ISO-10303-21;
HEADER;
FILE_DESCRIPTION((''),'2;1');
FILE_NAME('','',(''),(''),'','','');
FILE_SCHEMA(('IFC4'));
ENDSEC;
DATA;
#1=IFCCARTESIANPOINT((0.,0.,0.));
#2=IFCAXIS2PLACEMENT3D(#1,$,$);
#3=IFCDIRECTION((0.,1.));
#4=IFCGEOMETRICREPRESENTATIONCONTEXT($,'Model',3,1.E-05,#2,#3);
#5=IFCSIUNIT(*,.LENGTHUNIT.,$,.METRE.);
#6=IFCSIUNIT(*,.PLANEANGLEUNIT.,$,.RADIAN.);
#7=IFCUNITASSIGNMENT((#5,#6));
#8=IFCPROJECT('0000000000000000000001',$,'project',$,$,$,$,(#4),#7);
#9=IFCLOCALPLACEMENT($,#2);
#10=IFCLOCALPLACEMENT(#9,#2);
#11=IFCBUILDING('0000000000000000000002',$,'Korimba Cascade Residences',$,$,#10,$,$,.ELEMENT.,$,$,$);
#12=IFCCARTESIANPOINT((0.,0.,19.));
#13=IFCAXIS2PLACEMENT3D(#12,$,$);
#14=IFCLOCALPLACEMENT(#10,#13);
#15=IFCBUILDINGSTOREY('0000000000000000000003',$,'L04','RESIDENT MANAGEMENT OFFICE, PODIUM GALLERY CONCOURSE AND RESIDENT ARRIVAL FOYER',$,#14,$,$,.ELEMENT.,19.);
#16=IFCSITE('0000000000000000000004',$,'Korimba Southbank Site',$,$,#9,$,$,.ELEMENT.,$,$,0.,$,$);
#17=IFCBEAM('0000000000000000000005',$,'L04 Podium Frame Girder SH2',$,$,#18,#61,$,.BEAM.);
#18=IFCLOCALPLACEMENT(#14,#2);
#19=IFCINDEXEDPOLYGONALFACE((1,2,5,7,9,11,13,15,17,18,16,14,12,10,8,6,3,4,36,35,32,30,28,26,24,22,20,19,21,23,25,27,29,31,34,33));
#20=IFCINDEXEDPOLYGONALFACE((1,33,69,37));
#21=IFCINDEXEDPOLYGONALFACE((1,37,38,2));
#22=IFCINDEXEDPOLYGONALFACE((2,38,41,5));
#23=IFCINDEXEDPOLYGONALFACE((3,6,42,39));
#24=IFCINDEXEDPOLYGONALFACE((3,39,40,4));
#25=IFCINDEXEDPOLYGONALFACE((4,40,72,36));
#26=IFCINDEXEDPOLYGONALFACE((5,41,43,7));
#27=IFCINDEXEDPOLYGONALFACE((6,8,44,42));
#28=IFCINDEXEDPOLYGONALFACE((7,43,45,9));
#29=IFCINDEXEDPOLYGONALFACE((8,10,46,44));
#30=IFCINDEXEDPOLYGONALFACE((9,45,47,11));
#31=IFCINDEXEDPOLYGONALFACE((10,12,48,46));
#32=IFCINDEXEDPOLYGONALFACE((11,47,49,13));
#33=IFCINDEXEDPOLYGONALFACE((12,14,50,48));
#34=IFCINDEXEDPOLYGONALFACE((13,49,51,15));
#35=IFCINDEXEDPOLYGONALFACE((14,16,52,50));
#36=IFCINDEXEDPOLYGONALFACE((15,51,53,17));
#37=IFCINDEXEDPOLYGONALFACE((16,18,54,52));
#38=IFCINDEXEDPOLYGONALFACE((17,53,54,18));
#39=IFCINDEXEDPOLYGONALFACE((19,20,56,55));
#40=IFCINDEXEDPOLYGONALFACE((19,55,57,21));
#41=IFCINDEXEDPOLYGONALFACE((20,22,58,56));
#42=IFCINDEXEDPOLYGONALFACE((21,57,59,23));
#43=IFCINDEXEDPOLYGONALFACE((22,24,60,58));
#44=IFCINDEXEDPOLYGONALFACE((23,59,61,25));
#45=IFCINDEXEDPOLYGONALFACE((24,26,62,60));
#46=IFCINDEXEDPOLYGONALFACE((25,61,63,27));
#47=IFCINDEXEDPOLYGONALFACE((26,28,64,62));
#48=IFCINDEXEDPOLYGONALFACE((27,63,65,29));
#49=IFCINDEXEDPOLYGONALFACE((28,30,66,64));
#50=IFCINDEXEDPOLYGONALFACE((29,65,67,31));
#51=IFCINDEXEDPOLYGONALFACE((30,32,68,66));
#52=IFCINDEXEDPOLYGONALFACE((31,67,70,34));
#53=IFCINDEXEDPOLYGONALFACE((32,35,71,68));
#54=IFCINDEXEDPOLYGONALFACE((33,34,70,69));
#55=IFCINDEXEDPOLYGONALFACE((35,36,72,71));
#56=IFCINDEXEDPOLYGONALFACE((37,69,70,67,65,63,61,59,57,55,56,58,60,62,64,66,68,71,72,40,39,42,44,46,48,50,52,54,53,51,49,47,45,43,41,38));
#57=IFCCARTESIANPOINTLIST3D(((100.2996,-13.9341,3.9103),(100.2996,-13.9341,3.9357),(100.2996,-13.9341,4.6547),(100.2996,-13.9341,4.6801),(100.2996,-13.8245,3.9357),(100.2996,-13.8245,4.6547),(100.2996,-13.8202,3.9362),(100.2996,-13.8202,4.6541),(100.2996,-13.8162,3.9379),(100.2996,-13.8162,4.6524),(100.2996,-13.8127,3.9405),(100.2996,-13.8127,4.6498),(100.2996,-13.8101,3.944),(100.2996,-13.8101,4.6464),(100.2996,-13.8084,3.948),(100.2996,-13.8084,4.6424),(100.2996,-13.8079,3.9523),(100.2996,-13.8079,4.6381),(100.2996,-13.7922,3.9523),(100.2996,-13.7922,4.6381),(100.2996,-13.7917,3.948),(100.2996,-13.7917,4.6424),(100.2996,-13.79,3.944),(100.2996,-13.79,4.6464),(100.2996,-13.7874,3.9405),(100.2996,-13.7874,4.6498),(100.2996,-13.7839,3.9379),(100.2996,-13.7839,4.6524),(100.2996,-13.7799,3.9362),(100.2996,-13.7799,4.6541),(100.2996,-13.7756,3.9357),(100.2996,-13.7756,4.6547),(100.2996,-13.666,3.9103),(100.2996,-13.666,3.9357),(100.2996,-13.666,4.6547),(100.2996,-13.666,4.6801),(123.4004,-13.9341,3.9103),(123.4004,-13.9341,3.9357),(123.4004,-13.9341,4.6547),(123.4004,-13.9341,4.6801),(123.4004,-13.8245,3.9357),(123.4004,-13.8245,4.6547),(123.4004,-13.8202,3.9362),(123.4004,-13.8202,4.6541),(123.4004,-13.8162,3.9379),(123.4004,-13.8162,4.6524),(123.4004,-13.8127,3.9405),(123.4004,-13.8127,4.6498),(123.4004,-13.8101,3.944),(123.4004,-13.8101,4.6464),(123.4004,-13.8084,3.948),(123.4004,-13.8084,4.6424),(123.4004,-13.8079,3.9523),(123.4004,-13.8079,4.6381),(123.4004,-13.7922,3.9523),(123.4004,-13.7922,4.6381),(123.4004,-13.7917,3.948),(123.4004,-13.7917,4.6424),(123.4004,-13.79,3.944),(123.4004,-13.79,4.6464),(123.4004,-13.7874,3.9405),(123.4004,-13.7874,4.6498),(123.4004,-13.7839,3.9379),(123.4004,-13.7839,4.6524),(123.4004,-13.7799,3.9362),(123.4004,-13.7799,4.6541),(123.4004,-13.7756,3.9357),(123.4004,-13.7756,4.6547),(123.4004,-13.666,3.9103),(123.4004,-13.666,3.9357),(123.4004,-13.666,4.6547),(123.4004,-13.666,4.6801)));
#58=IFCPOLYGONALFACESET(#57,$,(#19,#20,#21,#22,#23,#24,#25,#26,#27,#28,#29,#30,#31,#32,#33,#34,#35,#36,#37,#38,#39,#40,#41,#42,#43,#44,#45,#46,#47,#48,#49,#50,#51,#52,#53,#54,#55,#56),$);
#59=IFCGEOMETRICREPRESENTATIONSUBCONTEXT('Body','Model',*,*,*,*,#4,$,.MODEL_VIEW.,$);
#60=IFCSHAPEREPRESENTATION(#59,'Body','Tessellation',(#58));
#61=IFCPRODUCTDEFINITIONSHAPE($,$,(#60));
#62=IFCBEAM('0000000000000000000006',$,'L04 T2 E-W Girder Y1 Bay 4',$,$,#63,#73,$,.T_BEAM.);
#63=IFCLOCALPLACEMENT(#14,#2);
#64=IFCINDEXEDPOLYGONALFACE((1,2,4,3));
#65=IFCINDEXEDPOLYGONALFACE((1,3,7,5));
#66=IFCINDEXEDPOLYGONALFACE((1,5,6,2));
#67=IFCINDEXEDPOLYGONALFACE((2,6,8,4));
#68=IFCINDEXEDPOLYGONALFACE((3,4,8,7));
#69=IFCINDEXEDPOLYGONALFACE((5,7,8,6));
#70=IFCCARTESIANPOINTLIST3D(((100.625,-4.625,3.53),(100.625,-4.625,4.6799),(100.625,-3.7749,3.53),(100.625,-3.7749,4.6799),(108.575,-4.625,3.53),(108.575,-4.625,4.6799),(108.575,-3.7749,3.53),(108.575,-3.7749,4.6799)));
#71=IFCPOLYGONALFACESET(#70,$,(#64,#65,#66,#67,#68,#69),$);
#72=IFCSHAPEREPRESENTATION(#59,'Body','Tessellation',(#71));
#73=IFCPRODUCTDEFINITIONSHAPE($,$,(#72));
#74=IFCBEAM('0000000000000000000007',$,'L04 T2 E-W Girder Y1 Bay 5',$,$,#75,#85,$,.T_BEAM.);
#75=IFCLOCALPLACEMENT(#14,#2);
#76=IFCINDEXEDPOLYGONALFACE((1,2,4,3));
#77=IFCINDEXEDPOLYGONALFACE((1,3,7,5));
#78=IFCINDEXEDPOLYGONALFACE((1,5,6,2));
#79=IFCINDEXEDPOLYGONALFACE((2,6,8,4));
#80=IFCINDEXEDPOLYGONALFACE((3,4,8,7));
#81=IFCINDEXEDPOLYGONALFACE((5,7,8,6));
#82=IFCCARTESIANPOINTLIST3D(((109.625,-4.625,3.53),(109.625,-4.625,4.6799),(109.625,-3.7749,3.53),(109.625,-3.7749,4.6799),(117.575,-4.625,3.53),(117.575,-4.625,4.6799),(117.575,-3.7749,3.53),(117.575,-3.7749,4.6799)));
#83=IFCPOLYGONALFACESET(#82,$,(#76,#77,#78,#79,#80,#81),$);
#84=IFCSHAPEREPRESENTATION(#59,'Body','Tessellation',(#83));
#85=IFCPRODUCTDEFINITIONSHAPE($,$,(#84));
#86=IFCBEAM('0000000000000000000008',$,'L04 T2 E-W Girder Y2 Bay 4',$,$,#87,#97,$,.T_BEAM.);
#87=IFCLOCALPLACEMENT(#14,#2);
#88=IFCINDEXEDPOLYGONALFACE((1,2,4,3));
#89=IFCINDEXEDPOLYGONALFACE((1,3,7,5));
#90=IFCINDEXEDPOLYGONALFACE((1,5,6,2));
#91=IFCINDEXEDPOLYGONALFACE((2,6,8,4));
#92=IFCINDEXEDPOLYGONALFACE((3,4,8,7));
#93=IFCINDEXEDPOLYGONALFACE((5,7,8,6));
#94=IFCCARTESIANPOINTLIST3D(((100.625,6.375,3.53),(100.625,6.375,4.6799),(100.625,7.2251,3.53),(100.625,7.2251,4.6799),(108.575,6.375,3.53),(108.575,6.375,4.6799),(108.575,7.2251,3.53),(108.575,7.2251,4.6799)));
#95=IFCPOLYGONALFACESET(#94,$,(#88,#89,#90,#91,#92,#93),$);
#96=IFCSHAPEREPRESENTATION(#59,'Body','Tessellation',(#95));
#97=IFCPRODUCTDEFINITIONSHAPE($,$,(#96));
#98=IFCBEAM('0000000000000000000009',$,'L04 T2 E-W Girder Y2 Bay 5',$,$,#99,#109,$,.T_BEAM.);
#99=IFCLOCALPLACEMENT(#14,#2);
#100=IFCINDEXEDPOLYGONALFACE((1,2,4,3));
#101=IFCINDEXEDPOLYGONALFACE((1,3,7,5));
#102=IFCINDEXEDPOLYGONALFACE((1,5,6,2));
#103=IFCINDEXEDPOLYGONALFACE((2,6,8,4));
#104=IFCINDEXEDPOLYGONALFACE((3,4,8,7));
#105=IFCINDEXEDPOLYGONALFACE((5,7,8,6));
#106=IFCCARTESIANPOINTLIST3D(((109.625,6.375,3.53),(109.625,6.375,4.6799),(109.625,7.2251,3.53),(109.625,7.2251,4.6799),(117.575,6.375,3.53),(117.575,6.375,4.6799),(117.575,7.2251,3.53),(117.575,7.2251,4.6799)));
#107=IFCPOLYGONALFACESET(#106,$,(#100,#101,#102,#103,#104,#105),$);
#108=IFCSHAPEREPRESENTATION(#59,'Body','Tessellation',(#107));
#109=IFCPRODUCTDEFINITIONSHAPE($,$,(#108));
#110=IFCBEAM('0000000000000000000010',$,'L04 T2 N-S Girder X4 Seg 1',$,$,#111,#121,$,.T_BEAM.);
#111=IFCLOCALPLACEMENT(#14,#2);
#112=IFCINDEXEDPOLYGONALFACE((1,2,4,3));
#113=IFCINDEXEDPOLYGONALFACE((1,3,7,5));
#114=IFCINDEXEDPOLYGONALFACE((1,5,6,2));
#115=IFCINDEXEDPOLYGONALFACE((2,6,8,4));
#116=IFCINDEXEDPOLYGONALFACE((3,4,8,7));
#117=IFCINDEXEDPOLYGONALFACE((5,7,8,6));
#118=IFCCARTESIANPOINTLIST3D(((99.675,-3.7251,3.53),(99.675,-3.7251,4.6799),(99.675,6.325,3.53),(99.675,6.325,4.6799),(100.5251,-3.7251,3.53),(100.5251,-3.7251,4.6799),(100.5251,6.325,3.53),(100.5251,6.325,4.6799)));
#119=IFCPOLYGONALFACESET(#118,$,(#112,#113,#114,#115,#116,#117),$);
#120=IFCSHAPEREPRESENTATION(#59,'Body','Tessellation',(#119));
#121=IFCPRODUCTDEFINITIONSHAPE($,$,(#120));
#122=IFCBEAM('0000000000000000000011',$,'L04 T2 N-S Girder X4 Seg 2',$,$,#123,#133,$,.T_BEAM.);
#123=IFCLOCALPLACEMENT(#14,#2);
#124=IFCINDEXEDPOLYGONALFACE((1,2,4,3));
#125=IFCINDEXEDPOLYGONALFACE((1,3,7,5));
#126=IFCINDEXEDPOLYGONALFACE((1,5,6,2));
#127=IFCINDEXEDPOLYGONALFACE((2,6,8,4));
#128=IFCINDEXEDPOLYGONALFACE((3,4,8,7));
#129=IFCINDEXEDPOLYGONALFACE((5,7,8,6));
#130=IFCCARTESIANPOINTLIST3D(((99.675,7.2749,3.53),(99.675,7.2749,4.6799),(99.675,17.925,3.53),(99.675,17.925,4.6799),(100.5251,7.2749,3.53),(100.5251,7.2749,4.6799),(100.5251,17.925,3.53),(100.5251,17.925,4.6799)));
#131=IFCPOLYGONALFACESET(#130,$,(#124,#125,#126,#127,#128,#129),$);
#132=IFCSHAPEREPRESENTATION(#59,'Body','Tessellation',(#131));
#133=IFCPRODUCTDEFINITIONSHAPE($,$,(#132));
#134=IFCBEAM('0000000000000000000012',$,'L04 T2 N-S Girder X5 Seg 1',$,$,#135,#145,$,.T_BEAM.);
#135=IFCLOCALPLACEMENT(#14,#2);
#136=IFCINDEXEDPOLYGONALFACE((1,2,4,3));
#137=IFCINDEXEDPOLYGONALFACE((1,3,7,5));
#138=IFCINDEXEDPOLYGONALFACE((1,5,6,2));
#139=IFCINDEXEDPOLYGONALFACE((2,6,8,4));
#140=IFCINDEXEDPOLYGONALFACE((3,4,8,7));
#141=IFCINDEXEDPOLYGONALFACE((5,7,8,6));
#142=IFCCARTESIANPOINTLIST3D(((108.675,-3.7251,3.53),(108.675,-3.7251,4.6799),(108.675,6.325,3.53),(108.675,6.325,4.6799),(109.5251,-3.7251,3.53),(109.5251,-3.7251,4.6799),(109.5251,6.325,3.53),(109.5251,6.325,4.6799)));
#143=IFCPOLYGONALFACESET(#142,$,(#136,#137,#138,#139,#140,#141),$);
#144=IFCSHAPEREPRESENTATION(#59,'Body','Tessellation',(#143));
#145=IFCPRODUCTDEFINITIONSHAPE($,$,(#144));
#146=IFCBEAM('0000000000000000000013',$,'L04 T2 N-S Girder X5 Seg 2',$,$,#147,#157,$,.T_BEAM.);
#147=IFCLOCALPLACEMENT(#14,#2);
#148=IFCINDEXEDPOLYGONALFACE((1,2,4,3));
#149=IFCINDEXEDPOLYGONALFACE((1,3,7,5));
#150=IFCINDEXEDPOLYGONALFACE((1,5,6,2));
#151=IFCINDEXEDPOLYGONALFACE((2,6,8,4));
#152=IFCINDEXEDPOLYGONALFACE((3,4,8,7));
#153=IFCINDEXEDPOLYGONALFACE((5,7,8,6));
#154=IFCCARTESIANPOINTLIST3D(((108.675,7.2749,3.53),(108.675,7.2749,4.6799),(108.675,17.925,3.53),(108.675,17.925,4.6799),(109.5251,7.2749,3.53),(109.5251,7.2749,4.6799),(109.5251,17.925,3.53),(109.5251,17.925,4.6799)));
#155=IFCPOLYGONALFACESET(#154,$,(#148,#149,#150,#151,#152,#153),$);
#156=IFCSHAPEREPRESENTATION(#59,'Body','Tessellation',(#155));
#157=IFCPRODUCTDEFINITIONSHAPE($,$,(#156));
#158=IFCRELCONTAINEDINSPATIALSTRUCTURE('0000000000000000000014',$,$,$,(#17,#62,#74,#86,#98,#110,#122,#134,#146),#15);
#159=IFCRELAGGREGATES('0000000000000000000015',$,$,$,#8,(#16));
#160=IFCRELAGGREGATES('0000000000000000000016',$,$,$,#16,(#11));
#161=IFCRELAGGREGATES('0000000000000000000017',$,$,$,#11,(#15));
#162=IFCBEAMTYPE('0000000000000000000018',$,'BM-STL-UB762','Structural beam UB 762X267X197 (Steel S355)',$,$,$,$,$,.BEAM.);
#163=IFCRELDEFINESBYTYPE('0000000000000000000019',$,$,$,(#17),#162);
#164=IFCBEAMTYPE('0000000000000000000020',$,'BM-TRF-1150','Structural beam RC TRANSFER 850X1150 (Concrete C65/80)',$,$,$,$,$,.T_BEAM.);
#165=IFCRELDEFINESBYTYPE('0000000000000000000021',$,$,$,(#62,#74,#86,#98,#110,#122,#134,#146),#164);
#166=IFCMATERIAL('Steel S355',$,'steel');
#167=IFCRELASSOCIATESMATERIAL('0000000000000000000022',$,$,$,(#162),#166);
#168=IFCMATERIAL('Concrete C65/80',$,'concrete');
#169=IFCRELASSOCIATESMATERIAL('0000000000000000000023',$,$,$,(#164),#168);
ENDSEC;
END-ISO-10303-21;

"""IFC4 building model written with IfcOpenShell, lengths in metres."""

from ifc_helpers import new_model, si_unit, direction, frame, origin, origin_2d, place, context, subcontext, project, spatial, rectangle, i_section, extrude, material, material_profile, profile_set, type_object, element, save


model = new_model("IFC4")

# Units and contexts
model_context = context("Model", 3, precision=1e-05, world=origin(), true_north=direction((0.0, 1.0)))
body_context = subcontext(model_context, "Body", "Model", "MODEL_VIEW")
ifc_project = project(units=[si_unit("LENGTHUNIT", "METRE"), si_unit("PLANEANGLEUNIT", "RADIAN")], contexts=[model_context])

# Site, building, storey
site_placement = place(None, origin())
site = spatial("IfcSite", under=ifc_project, at=site_placement, Name="Korimba Southbank Site", CompositionType="ELEMENT", RefElevation=0.0)
building_placement = place(site_placement, origin())
building = spatial("IfcBuilding", under=site, at=building_placement, Name="Korimba Cascade Residences", CompositionType="ELEMENT")
storey_placement = place(building_placement, frame((0.0, 0.0, 19.0)))
storey = spatial("IfcBuildingStorey", under=building, at=storey_placement, Name="L04", Description="RESIDENT MANAGEMENT OFFICE, PODIUM GALLERY CONCOURSE AND RESIDENT ARRIVAL FOYER", CompositionType="ELEMENT", Elevation=19.0)

# Shared definitions
ifc_material_1 = material(Name="Steel S355", Category="steel")

# Beams
ifc_material_profile_1 = material_profile(ifc_material_1, i_section(OverallWidth=0.2681, OverallDepth=0.7698, WebThickness=0.0156, FlangeThickness=0.0254, FilletRadius=0.0166, at=origin_2d()), Name="Steel S355")
ifc_profile_set_1 = profile_set([ifc_material_profile_1], Name="Steel S355")
beam_type_1 = type_object("IfcBeamType", Name="BM-STL-UB762", Description="Structural beam UB 762X267X197 (Steel S355)", PredefinedType="BEAM", material=ifc_profile_set_1)
beam_1_placement = place(storey_placement, frame((100.2996, -13.8, 4.2952), z_axis=(1.0, 0.0, 0.0), x_axis=(0.0, 1.0, 0.0)))
element("IfcBeam", 1, at=beam_1_placement, inside=storey, type_object=beam_type_1, Name="L04 Podium Frame Girder SH2", PredefinedType="BEAM", context=body_context, shape_type="SweptSolid", body=[
    extrude(i_section(OverallWidth=0.2681, OverallDepth=0.7698, WebThickness=0.0156, FlangeThickness=0.0254, FilletRadius=0.0166, at=origin_2d()), origin(), (0.0, 0.0, 1.0), 23.1008),
])
ifc_material_2 = material(Name="Concrete C65/80", Category="concrete")
ifc_material_profile_2 = material_profile(ifc_material_2, rectangle(XDim=0.8501, YDim=1.1499, at=origin_2d()), Name="Concrete C65/80")
ifc_profile_set_2 = profile_set([ifc_material_profile_2], Name="Concrete C65/80")
beam_type_2 = type_object("IfcBeamType", Name="BM-TRF-1150", Description="Structural beam RC TRANSFER 850X1150 (Concrete C65/80)", PredefinedType="T_BEAM", material=ifc_profile_set_2)
for number, where, z_axis, x_axis, name in (
    (2, (100.625, -4.2, 4.105), (1.0, 0.0, 0.0), (0.0, 1.0, 0.0), "L04 T2 E-W Girder Y1 Bay 4"),
    (3, (109.625, -4.2, 4.105), (1.0, 0.0, 0.0), (0.0, 1.0, 0.0), "L04 T2 E-W Girder Y1 Bay 5"),
    (4, (100.625, 6.8, 4.105), (1.0, 0.0, 0.0), (0.0, 1.0, 0.0), "L04 T2 E-W Girder Y2 Bay 4"),
    (5, (109.625, 6.8, 4.105), (1.0, 0.0, 0.0), (0.0, 1.0, 0.0), "L04 T2 E-W Girder Y2 Bay 5"),
):
    element("IfcBeam", number, at=place(storey_placement, frame(where, z_axis=z_axis, x_axis=x_axis)), inside=storey, type_object=beam_type_2, Name=name, PredefinedType="T_BEAM", context=body_context, shape_type="SweptSolid", body=[
        extrude(rectangle(XDim=0.8501, YDim=1.1499, at=origin_2d()), origin(), (0.0, 0.0, 1.0), 7.95),
    ])
beam_2_placement = place(storey_placement, frame((100.1001, -3.7251, 4.105), z_axis=(0.0, 1.0, 0.0), x_axis=(-1.0, 0.0, 0.0)))
element("IfcBeam", 6, at=beam_2_placement, inside=storey, type_object=beam_type_2, Name="L04 T2 N-S Girder X4 Seg 1", PredefinedType="T_BEAM", context=body_context, shape_type="SweptSolid", body=[
    extrude(rectangle(XDim=0.8501, YDim=1.1499, at=origin_2d()), origin(), (0.0, 0.0, 1.0), 10.05),
])
beam_3_placement = place(storey_placement, frame((100.1001, 7.2749, 4.105), z_axis=(0.0, 1.0, 0.0), x_axis=(-1.0, 0.0, 0.0)))
element("IfcBeam", 7, at=beam_3_placement, inside=storey, type_object=beam_type_2, Name="L04 T2 N-S Girder X4 Seg 2", PredefinedType="T_BEAM", context=body_context, shape_type="SweptSolid", body=[
    extrude(rectangle(XDim=0.8501, YDim=1.1499, at=origin_2d()), origin(), (0.0, 0.0, 1.0), 10.6501),
])
beam_4_placement = place(storey_placement, frame((109.1001, -3.7251, 4.105), z_axis=(0.0, 1.0, 0.0), x_axis=(-1.0, 0.0, 0.0)))
element("IfcBeam", 8, at=beam_4_placement, inside=storey, type_object=beam_type_2, Name="L04 T2 N-S Girder X5 Seg 1", PredefinedType="T_BEAM", context=body_context, shape_type="SweptSolid", body=[
    extrude(rectangle(XDim=0.8501, YDim=1.1499, at=origin_2d()), origin(), (0.0, 0.0, 1.0), 10.05),
])
beam_5_placement = place(storey_placement, frame((109.1001, 7.2749, 4.105), z_axis=(0.0, 1.0, 0.0), x_axis=(-1.0, 0.0, 0.0)))
element("IfcBeam", 9, at=beam_5_placement, inside=storey, type_object=beam_type_2, Name="L04 T2 N-S Girder X5 Seg 2", PredefinedType="T_BEAM", context=body_context, shape_type="SweptSolid", body=[
    extrude(rectangle(XDim=0.8501, YDim=1.1499, at=origin_2d()), origin(), (0.0, 0.0, 1.0), 10.6501),
])

save(model, "model.ifc")
